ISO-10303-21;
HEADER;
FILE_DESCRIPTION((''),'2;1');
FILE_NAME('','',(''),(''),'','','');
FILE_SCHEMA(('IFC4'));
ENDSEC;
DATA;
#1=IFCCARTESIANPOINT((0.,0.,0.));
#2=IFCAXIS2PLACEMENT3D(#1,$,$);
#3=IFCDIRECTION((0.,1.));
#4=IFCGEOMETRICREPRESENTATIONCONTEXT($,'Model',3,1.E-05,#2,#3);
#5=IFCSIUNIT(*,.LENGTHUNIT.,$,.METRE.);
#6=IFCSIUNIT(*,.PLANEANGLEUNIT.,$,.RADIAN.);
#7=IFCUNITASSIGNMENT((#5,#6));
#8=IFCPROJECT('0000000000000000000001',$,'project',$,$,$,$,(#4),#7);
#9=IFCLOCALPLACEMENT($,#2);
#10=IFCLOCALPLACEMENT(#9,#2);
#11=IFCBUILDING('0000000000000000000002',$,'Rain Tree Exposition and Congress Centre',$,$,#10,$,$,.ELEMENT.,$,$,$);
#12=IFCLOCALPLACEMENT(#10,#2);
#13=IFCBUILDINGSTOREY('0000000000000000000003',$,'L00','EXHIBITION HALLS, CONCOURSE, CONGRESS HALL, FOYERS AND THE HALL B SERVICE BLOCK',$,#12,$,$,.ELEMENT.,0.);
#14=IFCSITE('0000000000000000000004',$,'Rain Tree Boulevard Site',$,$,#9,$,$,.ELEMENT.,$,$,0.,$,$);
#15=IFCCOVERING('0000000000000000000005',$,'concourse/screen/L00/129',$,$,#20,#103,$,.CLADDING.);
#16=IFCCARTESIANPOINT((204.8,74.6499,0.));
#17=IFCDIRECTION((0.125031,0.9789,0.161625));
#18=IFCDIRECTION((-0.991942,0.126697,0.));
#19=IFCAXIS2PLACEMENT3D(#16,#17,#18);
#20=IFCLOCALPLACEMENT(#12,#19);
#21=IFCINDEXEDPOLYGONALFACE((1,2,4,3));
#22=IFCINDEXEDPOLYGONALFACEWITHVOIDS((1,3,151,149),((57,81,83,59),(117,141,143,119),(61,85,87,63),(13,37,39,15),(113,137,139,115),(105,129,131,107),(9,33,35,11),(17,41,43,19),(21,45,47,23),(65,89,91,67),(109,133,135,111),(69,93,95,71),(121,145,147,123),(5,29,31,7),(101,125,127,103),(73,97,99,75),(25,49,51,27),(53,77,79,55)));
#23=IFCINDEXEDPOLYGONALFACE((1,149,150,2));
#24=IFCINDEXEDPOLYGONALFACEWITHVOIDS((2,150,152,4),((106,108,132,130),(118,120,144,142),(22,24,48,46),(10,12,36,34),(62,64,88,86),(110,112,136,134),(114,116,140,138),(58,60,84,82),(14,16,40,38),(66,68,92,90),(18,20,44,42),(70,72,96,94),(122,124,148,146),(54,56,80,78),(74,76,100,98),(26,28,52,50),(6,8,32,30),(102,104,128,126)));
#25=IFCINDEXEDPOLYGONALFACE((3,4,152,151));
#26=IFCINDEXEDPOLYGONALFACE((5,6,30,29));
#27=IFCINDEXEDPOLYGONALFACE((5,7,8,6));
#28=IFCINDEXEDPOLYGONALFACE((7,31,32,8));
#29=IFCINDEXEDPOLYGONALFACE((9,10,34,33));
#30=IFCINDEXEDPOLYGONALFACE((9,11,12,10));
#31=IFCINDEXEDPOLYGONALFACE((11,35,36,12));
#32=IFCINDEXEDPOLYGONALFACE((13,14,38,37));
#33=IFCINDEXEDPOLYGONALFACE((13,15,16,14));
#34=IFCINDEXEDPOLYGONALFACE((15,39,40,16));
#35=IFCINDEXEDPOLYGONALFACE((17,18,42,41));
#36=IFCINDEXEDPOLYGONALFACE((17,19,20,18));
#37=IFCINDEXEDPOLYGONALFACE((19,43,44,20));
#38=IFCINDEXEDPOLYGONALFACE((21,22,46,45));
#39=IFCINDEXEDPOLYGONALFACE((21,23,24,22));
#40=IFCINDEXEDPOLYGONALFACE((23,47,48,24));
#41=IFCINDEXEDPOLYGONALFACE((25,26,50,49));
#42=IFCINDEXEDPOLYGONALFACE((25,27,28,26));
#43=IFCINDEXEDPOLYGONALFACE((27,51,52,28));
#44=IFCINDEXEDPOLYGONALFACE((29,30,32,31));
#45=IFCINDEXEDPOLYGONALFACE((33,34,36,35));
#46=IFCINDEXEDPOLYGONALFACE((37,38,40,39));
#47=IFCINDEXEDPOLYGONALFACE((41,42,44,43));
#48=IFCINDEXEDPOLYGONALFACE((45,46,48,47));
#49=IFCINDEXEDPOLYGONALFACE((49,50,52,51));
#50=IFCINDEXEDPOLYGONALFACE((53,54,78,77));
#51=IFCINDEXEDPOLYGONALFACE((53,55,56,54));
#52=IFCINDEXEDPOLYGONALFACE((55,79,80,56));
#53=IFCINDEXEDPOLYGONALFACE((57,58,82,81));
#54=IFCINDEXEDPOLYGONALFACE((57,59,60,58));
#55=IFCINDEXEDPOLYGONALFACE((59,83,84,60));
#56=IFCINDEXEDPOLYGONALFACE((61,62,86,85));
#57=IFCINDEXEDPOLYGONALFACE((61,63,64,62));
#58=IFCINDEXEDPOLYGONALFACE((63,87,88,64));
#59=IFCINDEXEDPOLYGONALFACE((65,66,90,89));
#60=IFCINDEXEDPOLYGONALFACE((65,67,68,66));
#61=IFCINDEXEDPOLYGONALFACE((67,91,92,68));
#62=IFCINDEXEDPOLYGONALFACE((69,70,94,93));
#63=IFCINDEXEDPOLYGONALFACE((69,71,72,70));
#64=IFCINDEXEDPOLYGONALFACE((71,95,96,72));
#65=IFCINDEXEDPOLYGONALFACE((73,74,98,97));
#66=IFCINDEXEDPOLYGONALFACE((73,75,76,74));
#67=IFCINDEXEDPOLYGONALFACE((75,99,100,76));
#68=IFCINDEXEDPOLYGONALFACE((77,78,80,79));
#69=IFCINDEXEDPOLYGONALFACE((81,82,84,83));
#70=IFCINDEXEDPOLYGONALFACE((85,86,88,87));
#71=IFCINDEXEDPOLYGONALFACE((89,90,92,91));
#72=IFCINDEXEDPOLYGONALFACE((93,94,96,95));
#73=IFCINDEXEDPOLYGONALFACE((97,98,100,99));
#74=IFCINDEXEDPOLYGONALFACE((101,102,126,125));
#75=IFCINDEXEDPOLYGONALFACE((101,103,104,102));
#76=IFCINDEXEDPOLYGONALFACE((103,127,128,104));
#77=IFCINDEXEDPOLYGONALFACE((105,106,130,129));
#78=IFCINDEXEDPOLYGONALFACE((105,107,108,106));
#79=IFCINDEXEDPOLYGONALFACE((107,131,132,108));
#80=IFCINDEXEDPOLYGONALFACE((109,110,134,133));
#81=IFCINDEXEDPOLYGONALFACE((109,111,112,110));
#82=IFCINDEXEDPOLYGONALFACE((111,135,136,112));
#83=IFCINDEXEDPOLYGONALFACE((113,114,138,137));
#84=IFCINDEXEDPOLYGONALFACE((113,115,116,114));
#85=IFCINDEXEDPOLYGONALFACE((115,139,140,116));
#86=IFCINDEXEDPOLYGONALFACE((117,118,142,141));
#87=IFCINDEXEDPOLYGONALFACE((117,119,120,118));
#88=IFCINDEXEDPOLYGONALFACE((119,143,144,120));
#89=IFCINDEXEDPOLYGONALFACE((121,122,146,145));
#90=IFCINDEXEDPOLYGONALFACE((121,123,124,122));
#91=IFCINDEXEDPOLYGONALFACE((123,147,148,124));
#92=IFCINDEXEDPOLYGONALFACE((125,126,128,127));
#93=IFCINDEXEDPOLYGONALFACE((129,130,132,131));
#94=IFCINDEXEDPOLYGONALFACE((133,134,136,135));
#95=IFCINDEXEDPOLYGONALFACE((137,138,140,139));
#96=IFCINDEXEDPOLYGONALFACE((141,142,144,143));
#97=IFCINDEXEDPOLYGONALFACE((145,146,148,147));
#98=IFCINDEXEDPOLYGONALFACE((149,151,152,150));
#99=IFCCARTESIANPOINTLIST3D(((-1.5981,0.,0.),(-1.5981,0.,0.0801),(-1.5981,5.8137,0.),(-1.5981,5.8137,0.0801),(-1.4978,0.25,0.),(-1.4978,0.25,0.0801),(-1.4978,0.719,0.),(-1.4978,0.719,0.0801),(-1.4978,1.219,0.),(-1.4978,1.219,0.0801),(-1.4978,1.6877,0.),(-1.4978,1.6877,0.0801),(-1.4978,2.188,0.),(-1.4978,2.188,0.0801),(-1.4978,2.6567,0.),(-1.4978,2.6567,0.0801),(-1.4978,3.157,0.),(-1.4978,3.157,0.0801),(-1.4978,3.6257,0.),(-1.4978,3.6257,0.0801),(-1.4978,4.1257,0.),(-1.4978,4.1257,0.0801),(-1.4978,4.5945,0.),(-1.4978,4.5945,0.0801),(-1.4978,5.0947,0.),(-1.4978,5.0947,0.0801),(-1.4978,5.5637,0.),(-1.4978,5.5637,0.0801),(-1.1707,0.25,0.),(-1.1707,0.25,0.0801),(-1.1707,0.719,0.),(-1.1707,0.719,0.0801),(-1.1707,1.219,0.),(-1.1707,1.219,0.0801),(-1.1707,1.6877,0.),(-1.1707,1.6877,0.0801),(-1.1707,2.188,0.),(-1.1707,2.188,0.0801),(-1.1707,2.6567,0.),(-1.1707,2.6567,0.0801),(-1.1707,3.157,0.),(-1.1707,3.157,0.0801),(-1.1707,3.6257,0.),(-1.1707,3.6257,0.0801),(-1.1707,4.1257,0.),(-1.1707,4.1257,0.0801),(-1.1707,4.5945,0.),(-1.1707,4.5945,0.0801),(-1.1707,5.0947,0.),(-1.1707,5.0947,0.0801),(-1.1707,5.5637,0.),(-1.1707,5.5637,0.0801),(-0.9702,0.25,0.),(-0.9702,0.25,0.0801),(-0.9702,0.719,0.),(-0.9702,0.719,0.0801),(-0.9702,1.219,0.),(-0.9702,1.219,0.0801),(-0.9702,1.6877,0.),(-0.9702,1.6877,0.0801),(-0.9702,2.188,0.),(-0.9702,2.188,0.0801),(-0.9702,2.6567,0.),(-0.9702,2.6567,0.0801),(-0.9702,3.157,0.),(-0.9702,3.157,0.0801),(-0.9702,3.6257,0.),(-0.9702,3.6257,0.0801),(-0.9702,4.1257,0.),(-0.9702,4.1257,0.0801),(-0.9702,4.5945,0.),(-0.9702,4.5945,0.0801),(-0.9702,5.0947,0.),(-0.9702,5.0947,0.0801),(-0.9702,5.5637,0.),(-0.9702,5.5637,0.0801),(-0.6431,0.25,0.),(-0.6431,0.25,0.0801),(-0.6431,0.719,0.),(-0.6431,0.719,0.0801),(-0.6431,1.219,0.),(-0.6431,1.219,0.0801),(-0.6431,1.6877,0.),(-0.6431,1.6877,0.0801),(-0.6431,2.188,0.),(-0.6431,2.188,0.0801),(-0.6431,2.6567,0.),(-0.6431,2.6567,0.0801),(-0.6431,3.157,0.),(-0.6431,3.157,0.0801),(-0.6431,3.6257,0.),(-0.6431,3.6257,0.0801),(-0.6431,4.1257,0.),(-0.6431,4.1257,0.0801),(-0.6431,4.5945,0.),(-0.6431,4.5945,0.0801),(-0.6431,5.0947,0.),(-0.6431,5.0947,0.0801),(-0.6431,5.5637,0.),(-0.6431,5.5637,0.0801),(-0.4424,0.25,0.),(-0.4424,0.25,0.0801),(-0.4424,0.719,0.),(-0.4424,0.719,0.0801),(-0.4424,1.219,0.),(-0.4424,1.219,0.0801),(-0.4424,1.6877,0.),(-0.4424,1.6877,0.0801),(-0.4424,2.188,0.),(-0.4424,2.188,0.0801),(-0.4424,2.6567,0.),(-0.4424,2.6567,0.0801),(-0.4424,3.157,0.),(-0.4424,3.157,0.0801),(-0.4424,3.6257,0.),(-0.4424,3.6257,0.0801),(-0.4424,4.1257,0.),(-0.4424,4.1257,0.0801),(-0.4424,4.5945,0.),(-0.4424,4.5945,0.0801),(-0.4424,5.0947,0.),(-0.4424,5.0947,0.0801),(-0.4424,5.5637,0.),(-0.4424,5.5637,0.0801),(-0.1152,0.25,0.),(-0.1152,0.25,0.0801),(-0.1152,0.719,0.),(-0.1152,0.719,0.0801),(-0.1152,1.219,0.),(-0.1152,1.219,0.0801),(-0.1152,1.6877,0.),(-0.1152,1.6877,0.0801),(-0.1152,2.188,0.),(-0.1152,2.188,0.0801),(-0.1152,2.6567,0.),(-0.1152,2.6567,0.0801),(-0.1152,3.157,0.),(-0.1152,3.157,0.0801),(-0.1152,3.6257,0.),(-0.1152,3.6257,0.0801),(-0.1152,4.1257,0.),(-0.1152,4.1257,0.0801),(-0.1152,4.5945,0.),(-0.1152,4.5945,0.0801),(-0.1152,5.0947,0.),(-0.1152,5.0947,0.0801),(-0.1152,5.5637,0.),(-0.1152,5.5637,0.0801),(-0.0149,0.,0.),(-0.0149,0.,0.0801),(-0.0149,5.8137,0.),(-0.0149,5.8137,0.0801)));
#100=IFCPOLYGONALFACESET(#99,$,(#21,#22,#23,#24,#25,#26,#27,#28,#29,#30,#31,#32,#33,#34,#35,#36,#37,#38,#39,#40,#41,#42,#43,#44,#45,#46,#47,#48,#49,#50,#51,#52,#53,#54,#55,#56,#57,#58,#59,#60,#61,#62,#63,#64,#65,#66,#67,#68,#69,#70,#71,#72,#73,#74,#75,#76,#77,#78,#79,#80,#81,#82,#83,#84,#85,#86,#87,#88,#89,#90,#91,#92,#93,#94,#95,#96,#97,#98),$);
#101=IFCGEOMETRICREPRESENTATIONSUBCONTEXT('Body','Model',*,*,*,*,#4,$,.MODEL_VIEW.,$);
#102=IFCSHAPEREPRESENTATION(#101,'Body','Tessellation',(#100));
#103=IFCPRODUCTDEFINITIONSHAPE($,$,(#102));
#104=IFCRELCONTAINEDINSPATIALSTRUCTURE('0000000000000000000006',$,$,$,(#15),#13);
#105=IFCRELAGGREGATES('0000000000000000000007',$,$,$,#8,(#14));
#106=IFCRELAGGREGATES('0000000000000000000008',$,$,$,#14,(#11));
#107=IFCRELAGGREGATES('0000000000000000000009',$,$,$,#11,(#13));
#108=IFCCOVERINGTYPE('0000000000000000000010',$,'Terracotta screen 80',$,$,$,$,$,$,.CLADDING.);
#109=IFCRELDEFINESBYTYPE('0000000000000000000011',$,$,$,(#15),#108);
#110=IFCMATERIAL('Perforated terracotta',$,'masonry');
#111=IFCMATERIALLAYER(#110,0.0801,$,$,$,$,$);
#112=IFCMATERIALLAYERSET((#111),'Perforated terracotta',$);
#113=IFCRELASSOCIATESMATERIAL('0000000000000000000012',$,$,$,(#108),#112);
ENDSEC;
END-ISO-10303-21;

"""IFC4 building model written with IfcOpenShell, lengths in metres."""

from ifc_helpers import new_model, si_unit, direction, frame, origin, place, context, subcontext, project, spatial, polyline, outline, extrude, material, layer, layer_set, type_object, element, save


model = new_model("IFC4")

# Units and contexts
model_context = context("Model", 3, precision=1e-05, world=origin(), true_north=direction((0.0, 1.0)))
body_context = subcontext(model_context, "Body", "Model", "MODEL_VIEW")
ifc_project = project(units=[si_unit("LENGTHUNIT", "METRE"), si_unit("PLANEANGLEUNIT", "RADIAN")], contexts=[model_context])

# Site, building, storey
site_placement = place(None, origin())
site = spatial("IfcSite", under=ifc_project, at=site_placement, Name="Rain Tree Boulevard Site", CompositionType="ELEMENT", RefElevation=0.0)
building_placement = place(site_placement, origin())
building = spatial("IfcBuilding", under=site, at=building_placement, Name="Rain Tree Exposition and Congress Centre", CompositionType="ELEMENT")
storey_placement = place(building_placement, origin())
storey = spatial("IfcBuildingStorey", under=building, at=storey_placement, Name="L00", Description="EXHIBITION HALLS, CONCOURSE, CONGRESS HALL, FOYERS AND THE HALL B SERVICE BLOCK", CompositionType="ELEMENT", Elevation=0.0)

# Covering
ifc_material_1 = material(Name="Perforated terracotta", Category="masonry")
ifc_layer_1 = layer(ifc_material_1, 0.0801)
ifc_layer_set_1 = layer_set([ifc_layer_1], Name="Perforated terracotta")
covering_type = type_object("IfcCoveringType", Name="Terracotta screen 80", PredefinedType="CLADDING", material=ifc_layer_set_1)
covering_1_placement = place(storey_placement, frame((204.8, 74.6499, 0.0), z_axis=(0.125031, 0.9789, 0.161625), x_axis=(-0.991942, 0.126697, 0.0)))
element("IfcCovering", 1, at=covering_1_placement, inside=storey, type_object=covering_type, Name="concourse/screen/L00/129", PredefinedType="CLADDING", context=body_context, shape_type="SweptSolid", body=[
    extrude(outline(polyline([(-0.0149, 0.0), (-1.5981, 0.0), (-1.5981, 5.8137), (-0.0149, 5.8137), (-0.0149, 0.0)]), holes=[polyline([(-0.1152, 0.25), (-0.1152, 0.719), (-0.4424, 0.719), (-0.4424, 0.25), (-0.1152, 0.25)]), polyline([(-0.1152, 1.219), (-0.1152, 1.6877), (-0.4424, 1.6877), (-0.4424, 1.219), (-0.1152, 1.219)]), polyline([(-0.1152, 2.188), (-0.1152, 2.6567), (-0.4424, 2.6567), (-0.4424, 2.188), (-0.1152, 2.188)]), polyline([(-0.1152, 3.157), (-0.1152, 3.6257), (-0.4424, 3.6257), (-0.4424, 3.157), (-0.1152, 3.157)]), polyline([(-0.1152, 4.1257), (-0.1152, 4.5945), (-0.4424, 4.5945), (-0.4424, 4.1257), (-0.1152, 4.1257)]), polyline([(-0.1152, 5.0947), (-0.1152, 5.5637), (-0.4424, 5.5637), (-0.4424, 5.0947), (-0.1152, 5.0947)]), polyline([(-0.6431, 0.25), (-0.6431, 0.719), (-0.9702, 0.719), (-0.9702, 0.25), (-0.6431, 0.25)]), polyline([(-0.6431, 1.219), (-0.6431, 1.6877), (-0.9702, 1.6877), (-0.9702, 1.219), (-0.6431, 1.219)]), polyline([(-0.6431, 2.188), (-0.6431, 2.6567), (-0.9702, 2.6567), (-0.9702, 2.188), (-0.6431, 2.188)]), polyline([(-0.6431, 3.157), (-0.6431, 3.6257), (-0.9702, 3.6257), (-0.9702, 3.157), (-0.6431, 3.157)]), polyline([(-0.6431, 4.1257), (-0.6431, 4.5945), (-0.9702, 4.5945), (-0.9702, 4.1257), (-0.6431, 4.1257)]), polyline([(-0.6431, 5.0947), (-0.6431, 5.5637), (-0.9702, 5.5637), (-0.9702, 5.0947), (-0.6431, 5.0947)]), polyline([(-1.1707, 0.25), (-1.1707, 0.719), (-1.4978, 0.719), (-1.4978, 0.25), (-1.1707, 0.25)]), polyline([(-1.1707, 1.219), (-1.1707, 1.6877), (-1.4978, 1.6877), (-1.4978, 1.219), (-1.1707, 1.219)]), polyline([(-1.1707, 2.188), (-1.1707, 2.6567), (-1.4978, 2.6567), (-1.4978, 2.188), (-1.1707, 2.188)]), polyline([(-1.1707, 3.157), (-1.1707, 3.6257), (-1.4978, 3.6257), (-1.4978, 3.157), (-1.1707, 3.157)]), polyline([(-1.1707, 4.1257), (-1.1707, 4.5945), (-1.4978, 4.5945), (-1.4978, 4.1257), (-1.1707, 4.1257)]), polyline([(-1.1707, 5.0947), (-1.1707, 5.5637), (-1.4978, 5.5637), (-1.4978, 5.0947), (-1.1707, 5.0947)])]), origin(), (0.0, 0.0, 1.0), 0.0801),
])

save(model, "model.ifc")
